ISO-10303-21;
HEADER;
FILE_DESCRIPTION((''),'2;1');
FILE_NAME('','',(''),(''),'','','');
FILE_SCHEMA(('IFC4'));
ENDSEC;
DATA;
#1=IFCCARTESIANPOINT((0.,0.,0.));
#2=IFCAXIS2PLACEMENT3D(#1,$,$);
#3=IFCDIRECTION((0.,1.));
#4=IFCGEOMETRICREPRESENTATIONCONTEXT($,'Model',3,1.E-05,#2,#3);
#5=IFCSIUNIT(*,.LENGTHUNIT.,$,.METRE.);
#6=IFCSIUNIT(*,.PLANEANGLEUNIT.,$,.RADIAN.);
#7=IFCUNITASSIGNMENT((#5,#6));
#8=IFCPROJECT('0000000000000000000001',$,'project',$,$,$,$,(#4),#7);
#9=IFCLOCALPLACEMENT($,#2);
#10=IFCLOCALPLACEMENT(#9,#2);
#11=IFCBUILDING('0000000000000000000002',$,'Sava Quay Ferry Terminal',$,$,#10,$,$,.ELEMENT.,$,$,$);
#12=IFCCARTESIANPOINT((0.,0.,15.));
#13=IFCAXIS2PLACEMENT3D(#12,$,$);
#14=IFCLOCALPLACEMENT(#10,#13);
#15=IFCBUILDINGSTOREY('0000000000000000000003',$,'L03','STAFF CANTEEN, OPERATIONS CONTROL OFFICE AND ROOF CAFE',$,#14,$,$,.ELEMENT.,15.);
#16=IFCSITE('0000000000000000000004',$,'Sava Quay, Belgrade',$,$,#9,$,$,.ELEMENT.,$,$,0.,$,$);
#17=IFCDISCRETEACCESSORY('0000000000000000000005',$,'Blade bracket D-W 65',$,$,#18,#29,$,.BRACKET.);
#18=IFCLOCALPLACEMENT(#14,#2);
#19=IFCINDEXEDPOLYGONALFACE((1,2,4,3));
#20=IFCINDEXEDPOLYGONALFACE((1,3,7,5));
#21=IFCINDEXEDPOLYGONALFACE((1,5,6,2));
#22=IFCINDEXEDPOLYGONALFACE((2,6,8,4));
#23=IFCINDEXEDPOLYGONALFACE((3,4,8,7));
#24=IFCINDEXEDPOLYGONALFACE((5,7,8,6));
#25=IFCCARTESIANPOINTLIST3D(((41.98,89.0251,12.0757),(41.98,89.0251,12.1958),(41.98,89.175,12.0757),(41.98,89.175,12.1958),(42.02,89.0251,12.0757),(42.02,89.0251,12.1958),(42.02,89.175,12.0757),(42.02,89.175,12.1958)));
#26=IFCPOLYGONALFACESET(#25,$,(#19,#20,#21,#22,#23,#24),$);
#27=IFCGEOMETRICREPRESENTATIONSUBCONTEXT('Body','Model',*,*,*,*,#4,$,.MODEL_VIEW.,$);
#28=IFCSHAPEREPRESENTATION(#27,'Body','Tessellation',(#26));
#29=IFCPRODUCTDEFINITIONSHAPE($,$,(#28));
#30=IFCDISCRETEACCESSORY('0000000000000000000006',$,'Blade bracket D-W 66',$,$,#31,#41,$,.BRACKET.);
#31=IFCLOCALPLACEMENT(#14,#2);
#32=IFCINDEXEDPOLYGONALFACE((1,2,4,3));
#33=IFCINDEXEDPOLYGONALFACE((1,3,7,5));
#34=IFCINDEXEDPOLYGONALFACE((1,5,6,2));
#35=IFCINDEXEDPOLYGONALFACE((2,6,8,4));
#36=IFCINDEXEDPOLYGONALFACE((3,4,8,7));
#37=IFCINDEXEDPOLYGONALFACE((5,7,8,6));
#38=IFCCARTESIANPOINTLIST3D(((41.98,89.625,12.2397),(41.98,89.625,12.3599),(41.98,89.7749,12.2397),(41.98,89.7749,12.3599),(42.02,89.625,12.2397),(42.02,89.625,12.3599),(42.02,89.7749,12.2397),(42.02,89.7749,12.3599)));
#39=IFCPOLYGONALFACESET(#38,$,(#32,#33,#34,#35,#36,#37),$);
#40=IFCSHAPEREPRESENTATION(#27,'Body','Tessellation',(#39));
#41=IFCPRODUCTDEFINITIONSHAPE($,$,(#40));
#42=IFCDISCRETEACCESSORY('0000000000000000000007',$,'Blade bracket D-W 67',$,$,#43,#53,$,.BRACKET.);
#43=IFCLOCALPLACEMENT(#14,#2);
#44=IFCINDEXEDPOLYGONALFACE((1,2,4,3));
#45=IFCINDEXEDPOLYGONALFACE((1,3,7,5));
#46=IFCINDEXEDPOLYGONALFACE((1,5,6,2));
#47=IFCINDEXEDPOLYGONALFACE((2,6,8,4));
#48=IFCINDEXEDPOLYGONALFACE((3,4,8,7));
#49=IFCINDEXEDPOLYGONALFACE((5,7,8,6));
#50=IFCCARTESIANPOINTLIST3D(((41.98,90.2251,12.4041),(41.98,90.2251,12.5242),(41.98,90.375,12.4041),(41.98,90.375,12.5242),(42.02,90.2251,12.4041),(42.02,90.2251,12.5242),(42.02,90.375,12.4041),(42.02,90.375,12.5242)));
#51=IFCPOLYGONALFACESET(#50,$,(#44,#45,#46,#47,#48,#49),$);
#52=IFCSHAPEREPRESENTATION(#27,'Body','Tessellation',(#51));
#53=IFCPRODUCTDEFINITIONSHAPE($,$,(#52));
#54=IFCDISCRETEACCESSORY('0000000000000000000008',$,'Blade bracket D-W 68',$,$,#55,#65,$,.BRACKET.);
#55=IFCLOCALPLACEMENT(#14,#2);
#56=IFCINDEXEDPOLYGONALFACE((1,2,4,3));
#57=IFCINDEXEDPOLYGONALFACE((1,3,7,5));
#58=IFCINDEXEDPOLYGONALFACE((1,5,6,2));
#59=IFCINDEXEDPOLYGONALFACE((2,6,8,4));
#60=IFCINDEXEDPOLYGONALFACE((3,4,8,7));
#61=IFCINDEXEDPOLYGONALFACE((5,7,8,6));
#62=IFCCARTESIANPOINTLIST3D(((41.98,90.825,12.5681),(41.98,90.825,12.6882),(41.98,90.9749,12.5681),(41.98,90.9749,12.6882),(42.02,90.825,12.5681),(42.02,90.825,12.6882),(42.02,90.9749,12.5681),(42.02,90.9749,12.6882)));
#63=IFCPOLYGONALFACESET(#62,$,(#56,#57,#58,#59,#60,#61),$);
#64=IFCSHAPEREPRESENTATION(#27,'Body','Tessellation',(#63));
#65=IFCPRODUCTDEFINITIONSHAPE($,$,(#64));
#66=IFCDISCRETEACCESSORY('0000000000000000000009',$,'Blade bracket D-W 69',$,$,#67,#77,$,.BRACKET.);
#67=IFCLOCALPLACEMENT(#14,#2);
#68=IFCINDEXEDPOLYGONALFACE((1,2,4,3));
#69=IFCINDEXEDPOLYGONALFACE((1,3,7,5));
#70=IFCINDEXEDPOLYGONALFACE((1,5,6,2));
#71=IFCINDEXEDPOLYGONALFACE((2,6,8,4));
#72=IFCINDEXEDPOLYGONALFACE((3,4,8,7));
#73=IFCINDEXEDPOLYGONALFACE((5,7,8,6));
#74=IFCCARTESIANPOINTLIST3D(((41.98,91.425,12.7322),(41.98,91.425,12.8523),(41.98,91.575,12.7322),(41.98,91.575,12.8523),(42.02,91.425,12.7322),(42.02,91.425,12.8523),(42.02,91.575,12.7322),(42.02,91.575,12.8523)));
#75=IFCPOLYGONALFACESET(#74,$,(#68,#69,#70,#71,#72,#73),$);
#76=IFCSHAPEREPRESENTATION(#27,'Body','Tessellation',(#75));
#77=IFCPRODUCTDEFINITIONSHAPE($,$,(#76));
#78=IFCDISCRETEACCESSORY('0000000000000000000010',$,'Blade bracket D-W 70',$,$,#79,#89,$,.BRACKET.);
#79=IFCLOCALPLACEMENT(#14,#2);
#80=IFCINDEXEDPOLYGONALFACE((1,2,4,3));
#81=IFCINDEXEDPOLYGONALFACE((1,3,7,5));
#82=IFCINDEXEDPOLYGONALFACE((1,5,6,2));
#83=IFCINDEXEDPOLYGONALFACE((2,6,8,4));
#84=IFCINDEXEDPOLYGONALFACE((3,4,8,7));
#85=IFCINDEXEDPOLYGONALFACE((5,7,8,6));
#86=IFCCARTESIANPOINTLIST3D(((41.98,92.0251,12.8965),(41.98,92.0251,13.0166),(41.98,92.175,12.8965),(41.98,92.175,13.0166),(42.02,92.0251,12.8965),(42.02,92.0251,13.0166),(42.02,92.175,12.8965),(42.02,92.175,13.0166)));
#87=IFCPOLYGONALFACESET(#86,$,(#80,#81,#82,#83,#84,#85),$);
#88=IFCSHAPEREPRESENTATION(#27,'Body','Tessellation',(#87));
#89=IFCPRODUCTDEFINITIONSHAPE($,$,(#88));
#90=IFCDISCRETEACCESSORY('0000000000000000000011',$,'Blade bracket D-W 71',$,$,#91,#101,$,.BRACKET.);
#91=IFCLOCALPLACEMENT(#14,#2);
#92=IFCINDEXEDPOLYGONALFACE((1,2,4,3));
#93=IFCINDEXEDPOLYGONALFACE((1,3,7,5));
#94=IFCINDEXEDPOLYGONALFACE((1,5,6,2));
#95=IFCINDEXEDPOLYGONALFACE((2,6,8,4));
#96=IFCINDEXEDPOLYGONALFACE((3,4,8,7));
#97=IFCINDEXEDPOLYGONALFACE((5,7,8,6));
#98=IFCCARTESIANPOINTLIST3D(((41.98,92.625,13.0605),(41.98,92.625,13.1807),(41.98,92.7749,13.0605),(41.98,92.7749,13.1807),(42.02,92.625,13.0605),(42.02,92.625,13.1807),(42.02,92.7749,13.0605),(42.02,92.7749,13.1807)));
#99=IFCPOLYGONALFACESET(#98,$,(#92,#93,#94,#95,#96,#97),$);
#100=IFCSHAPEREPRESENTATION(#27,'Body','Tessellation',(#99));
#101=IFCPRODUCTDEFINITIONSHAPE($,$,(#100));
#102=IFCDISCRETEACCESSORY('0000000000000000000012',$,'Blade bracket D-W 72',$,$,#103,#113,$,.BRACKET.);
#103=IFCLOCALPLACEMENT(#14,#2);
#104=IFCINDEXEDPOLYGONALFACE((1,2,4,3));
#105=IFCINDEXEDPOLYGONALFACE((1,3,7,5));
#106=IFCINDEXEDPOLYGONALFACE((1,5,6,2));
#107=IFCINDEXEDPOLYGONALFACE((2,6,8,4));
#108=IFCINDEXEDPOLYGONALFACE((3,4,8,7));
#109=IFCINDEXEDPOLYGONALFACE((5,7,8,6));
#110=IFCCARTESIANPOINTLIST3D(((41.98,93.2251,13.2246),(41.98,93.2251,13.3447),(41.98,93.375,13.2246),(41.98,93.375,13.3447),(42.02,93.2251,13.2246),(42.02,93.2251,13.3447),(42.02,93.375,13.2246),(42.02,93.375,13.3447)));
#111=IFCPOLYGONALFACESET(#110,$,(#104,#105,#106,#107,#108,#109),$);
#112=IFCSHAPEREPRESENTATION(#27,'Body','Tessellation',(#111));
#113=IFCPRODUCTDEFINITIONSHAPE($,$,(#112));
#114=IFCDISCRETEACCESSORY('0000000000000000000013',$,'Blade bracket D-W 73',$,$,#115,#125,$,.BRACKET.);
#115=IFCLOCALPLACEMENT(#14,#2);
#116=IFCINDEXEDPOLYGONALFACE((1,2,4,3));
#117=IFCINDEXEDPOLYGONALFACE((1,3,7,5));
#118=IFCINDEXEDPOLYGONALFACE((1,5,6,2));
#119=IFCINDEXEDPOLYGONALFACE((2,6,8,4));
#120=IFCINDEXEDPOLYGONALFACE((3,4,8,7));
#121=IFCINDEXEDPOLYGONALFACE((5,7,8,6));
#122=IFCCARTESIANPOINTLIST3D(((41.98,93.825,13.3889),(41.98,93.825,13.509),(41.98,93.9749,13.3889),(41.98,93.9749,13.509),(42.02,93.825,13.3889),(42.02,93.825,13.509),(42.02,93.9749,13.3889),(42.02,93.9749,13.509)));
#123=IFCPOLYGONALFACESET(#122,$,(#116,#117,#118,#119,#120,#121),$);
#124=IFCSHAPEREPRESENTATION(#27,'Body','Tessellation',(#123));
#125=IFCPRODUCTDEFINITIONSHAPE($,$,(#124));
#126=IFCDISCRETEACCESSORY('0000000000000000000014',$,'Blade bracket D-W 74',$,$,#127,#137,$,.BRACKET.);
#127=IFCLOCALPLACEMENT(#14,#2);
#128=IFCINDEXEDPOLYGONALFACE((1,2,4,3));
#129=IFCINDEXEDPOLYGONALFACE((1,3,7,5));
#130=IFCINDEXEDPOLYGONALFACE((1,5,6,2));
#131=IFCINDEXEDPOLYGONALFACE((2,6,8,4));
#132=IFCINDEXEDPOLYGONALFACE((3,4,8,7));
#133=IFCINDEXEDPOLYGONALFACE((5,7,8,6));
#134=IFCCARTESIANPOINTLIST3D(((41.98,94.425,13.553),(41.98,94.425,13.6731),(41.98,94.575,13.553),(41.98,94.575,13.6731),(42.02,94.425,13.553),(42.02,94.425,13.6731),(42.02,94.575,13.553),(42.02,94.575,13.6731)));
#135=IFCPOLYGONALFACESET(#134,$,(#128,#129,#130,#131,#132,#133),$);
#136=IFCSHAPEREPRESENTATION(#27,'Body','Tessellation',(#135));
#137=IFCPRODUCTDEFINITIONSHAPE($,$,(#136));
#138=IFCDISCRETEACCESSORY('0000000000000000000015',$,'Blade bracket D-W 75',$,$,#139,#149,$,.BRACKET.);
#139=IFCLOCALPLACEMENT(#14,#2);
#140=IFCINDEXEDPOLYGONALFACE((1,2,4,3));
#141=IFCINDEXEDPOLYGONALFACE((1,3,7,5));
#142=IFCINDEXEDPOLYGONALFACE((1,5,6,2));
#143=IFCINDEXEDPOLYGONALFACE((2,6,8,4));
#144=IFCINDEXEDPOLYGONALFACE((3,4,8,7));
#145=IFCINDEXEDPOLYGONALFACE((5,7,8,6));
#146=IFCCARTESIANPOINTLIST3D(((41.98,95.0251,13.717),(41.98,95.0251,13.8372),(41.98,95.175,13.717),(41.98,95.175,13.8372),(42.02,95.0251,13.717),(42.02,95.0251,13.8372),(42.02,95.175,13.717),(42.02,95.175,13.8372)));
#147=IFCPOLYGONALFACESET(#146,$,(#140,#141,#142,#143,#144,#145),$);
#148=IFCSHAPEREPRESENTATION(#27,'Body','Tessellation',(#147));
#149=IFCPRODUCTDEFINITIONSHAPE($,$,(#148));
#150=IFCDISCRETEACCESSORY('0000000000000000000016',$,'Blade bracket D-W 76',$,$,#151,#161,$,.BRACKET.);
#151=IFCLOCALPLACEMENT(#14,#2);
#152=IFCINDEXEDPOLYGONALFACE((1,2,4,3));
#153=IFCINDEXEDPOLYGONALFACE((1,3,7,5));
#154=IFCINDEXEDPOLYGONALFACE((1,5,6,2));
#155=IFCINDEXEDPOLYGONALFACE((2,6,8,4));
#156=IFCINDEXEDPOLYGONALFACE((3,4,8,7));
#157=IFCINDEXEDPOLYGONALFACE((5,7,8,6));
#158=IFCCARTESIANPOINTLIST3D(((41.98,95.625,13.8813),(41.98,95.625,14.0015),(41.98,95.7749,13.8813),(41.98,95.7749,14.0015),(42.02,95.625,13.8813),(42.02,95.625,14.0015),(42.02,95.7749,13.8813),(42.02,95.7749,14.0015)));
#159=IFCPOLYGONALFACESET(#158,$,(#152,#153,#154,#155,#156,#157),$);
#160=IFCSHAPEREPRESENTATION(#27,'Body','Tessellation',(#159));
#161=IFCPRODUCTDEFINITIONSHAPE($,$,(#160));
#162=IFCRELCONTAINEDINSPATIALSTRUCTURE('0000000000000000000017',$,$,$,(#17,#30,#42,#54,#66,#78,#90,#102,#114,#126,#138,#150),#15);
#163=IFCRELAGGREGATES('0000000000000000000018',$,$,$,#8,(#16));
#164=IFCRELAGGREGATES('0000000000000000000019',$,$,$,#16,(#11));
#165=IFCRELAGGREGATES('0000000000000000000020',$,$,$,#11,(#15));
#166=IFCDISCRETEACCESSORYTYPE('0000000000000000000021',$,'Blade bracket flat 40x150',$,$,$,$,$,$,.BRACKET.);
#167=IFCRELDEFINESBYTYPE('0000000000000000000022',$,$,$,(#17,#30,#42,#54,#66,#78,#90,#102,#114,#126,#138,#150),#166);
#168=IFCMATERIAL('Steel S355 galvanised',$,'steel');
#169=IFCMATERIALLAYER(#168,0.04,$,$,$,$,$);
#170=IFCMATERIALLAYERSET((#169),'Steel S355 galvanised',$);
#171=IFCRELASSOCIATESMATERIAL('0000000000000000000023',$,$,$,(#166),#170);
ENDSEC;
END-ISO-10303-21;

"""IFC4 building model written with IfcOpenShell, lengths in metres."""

from ifc_helpers import new_model, si_unit, direction, frame, origin, origin_2d, place, context, subcontext, project, spatial, rectangle, extrude, material, layer, layer_set, type_object, element, save


model = new_model("IFC4")

# Units and contexts
model_context = context("Model", 3, precision=1e-05, world=origin(), true_north=direction((0.0, 1.0)))
body_context = subcontext(model_context, "Body", "Model", "MODEL_VIEW")
ifc_project = project(units=[si_unit("LENGTHUNIT", "METRE"), si_unit("PLANEANGLEUNIT", "RADIAN")], contexts=[model_context])

# Site, building, storey
site_placement = place(None, origin())
site = spatial("IfcSite", under=ifc_project, at=site_placement, Name="Sava Quay, Belgrade", CompositionType="ELEMENT", RefElevation=0.0)
building_placement = place(site_placement, origin())
building = spatial("IfcBuilding", under=site, at=building_placement, Name="Sava Quay Ferry Terminal", CompositionType="ELEMENT")
storey_placement = place(building_placement, frame((0.0, 0.0, 15.0)))
storey = spatial("IfcBuildingStorey", under=building, at=storey_placement, Name="L03", Description="STAFF CANTEEN, OPERATIONS CONTROL OFFICE AND ROOF CAFE", CompositionType="ELEMENT", Elevation=15.0)

# Discrete accessories
ifc_material_1 = material(Name="Steel S355 galvanised", Category="steel")
ifc_layer_1 = layer(ifc_material_1, 0.04)
ifc_layer_set_1 = layer_set([ifc_layer_1], Name="Steel S355 galvanised")
discrete_accessory_type = type_object("IfcDiscreteAccessoryType", Name="Blade bracket flat 40x150", PredefinedType="BRACKET", material=ifc_layer_set_1)
for number, where, z_axis, x_axis, name in (
    (1, (42.0, 89.1001, 12.0757), (0.0, 0.0, 1.0), (1.0, 0.0, 0.0), "Blade bracket D-W 65"),
    (2, (42.0, 89.7, 12.2397), (0.0, 0.0, 1.0), (1.0, 0.0, 0.0), "Blade bracket D-W 66"),
    (3, (42.0, 90.3, 12.4041), (0.0, 0.0, 1.0), (1.0, 0.0, 0.0), "Blade bracket D-W 67"),
    (4, (42.0, 90.8999, 12.5681), (0.0, 0.0, 1.0), (1.0, 0.0, 0.0), "Blade bracket D-W 68"),
    (5, (42.0, 91.5, 12.7322), (0.0, 0.0, 1.0), (1.0, 0.0, 0.0), "Blade bracket D-W 69"),
    (6, (42.0, 92.1001, 12.8965), (0.0, 0.0, 1.0), (1.0, 0.0, 0.0), "Blade bracket D-W 70"),
    (7, (42.0, 92.7, 13.0605), (0.0, 0.0, 1.0), (1.0, 0.0, 0.0), "Blade bracket D-W 71"),
    (8, (42.0, 93.3, 13.2246), (0.0, 0.0, 1.0), (1.0, 0.0, 0.0), "Blade bracket D-W 72"),
    (9, (42.0, 93.8999, 13.3889), (0.0, 0.0, 1.0), (1.0, 0.0, 0.0), "Blade bracket D-W 73"),
    (10, (42.0, 94.5, 13.553), (0.0, 0.0, 1.0), (1.0, 0.0, 0.0), "Blade bracket D-W 74"),
    (11, (42.0, 95.1001, 13.717), (0.0, 0.0, 1.0), (1.0, 0.0, 0.0), "Blade bracket D-W 75"),
    (12, (42.0, 95.7, 13.8813), (0.0, 0.0, 1.0), (1.0, 0.0, 0.0), "Blade bracket D-W 76"),
):
    element("IfcDiscreteAccessory", number, at=place(storey_placement, frame(where, z_axis=z_axis, x_axis=x_axis)), inside=storey, type_object=discrete_accessory_type, Name=name, PredefinedType="BRACKET", context=body_context, shape_type="SweptSolid", body=[
        extrude(rectangle(XDim=0.04, YDim=0.1499, at=origin_2d()), origin(), (0.0, 0.0, 1.0), 0.1201),
    ])

save(model, "model.ifc")
